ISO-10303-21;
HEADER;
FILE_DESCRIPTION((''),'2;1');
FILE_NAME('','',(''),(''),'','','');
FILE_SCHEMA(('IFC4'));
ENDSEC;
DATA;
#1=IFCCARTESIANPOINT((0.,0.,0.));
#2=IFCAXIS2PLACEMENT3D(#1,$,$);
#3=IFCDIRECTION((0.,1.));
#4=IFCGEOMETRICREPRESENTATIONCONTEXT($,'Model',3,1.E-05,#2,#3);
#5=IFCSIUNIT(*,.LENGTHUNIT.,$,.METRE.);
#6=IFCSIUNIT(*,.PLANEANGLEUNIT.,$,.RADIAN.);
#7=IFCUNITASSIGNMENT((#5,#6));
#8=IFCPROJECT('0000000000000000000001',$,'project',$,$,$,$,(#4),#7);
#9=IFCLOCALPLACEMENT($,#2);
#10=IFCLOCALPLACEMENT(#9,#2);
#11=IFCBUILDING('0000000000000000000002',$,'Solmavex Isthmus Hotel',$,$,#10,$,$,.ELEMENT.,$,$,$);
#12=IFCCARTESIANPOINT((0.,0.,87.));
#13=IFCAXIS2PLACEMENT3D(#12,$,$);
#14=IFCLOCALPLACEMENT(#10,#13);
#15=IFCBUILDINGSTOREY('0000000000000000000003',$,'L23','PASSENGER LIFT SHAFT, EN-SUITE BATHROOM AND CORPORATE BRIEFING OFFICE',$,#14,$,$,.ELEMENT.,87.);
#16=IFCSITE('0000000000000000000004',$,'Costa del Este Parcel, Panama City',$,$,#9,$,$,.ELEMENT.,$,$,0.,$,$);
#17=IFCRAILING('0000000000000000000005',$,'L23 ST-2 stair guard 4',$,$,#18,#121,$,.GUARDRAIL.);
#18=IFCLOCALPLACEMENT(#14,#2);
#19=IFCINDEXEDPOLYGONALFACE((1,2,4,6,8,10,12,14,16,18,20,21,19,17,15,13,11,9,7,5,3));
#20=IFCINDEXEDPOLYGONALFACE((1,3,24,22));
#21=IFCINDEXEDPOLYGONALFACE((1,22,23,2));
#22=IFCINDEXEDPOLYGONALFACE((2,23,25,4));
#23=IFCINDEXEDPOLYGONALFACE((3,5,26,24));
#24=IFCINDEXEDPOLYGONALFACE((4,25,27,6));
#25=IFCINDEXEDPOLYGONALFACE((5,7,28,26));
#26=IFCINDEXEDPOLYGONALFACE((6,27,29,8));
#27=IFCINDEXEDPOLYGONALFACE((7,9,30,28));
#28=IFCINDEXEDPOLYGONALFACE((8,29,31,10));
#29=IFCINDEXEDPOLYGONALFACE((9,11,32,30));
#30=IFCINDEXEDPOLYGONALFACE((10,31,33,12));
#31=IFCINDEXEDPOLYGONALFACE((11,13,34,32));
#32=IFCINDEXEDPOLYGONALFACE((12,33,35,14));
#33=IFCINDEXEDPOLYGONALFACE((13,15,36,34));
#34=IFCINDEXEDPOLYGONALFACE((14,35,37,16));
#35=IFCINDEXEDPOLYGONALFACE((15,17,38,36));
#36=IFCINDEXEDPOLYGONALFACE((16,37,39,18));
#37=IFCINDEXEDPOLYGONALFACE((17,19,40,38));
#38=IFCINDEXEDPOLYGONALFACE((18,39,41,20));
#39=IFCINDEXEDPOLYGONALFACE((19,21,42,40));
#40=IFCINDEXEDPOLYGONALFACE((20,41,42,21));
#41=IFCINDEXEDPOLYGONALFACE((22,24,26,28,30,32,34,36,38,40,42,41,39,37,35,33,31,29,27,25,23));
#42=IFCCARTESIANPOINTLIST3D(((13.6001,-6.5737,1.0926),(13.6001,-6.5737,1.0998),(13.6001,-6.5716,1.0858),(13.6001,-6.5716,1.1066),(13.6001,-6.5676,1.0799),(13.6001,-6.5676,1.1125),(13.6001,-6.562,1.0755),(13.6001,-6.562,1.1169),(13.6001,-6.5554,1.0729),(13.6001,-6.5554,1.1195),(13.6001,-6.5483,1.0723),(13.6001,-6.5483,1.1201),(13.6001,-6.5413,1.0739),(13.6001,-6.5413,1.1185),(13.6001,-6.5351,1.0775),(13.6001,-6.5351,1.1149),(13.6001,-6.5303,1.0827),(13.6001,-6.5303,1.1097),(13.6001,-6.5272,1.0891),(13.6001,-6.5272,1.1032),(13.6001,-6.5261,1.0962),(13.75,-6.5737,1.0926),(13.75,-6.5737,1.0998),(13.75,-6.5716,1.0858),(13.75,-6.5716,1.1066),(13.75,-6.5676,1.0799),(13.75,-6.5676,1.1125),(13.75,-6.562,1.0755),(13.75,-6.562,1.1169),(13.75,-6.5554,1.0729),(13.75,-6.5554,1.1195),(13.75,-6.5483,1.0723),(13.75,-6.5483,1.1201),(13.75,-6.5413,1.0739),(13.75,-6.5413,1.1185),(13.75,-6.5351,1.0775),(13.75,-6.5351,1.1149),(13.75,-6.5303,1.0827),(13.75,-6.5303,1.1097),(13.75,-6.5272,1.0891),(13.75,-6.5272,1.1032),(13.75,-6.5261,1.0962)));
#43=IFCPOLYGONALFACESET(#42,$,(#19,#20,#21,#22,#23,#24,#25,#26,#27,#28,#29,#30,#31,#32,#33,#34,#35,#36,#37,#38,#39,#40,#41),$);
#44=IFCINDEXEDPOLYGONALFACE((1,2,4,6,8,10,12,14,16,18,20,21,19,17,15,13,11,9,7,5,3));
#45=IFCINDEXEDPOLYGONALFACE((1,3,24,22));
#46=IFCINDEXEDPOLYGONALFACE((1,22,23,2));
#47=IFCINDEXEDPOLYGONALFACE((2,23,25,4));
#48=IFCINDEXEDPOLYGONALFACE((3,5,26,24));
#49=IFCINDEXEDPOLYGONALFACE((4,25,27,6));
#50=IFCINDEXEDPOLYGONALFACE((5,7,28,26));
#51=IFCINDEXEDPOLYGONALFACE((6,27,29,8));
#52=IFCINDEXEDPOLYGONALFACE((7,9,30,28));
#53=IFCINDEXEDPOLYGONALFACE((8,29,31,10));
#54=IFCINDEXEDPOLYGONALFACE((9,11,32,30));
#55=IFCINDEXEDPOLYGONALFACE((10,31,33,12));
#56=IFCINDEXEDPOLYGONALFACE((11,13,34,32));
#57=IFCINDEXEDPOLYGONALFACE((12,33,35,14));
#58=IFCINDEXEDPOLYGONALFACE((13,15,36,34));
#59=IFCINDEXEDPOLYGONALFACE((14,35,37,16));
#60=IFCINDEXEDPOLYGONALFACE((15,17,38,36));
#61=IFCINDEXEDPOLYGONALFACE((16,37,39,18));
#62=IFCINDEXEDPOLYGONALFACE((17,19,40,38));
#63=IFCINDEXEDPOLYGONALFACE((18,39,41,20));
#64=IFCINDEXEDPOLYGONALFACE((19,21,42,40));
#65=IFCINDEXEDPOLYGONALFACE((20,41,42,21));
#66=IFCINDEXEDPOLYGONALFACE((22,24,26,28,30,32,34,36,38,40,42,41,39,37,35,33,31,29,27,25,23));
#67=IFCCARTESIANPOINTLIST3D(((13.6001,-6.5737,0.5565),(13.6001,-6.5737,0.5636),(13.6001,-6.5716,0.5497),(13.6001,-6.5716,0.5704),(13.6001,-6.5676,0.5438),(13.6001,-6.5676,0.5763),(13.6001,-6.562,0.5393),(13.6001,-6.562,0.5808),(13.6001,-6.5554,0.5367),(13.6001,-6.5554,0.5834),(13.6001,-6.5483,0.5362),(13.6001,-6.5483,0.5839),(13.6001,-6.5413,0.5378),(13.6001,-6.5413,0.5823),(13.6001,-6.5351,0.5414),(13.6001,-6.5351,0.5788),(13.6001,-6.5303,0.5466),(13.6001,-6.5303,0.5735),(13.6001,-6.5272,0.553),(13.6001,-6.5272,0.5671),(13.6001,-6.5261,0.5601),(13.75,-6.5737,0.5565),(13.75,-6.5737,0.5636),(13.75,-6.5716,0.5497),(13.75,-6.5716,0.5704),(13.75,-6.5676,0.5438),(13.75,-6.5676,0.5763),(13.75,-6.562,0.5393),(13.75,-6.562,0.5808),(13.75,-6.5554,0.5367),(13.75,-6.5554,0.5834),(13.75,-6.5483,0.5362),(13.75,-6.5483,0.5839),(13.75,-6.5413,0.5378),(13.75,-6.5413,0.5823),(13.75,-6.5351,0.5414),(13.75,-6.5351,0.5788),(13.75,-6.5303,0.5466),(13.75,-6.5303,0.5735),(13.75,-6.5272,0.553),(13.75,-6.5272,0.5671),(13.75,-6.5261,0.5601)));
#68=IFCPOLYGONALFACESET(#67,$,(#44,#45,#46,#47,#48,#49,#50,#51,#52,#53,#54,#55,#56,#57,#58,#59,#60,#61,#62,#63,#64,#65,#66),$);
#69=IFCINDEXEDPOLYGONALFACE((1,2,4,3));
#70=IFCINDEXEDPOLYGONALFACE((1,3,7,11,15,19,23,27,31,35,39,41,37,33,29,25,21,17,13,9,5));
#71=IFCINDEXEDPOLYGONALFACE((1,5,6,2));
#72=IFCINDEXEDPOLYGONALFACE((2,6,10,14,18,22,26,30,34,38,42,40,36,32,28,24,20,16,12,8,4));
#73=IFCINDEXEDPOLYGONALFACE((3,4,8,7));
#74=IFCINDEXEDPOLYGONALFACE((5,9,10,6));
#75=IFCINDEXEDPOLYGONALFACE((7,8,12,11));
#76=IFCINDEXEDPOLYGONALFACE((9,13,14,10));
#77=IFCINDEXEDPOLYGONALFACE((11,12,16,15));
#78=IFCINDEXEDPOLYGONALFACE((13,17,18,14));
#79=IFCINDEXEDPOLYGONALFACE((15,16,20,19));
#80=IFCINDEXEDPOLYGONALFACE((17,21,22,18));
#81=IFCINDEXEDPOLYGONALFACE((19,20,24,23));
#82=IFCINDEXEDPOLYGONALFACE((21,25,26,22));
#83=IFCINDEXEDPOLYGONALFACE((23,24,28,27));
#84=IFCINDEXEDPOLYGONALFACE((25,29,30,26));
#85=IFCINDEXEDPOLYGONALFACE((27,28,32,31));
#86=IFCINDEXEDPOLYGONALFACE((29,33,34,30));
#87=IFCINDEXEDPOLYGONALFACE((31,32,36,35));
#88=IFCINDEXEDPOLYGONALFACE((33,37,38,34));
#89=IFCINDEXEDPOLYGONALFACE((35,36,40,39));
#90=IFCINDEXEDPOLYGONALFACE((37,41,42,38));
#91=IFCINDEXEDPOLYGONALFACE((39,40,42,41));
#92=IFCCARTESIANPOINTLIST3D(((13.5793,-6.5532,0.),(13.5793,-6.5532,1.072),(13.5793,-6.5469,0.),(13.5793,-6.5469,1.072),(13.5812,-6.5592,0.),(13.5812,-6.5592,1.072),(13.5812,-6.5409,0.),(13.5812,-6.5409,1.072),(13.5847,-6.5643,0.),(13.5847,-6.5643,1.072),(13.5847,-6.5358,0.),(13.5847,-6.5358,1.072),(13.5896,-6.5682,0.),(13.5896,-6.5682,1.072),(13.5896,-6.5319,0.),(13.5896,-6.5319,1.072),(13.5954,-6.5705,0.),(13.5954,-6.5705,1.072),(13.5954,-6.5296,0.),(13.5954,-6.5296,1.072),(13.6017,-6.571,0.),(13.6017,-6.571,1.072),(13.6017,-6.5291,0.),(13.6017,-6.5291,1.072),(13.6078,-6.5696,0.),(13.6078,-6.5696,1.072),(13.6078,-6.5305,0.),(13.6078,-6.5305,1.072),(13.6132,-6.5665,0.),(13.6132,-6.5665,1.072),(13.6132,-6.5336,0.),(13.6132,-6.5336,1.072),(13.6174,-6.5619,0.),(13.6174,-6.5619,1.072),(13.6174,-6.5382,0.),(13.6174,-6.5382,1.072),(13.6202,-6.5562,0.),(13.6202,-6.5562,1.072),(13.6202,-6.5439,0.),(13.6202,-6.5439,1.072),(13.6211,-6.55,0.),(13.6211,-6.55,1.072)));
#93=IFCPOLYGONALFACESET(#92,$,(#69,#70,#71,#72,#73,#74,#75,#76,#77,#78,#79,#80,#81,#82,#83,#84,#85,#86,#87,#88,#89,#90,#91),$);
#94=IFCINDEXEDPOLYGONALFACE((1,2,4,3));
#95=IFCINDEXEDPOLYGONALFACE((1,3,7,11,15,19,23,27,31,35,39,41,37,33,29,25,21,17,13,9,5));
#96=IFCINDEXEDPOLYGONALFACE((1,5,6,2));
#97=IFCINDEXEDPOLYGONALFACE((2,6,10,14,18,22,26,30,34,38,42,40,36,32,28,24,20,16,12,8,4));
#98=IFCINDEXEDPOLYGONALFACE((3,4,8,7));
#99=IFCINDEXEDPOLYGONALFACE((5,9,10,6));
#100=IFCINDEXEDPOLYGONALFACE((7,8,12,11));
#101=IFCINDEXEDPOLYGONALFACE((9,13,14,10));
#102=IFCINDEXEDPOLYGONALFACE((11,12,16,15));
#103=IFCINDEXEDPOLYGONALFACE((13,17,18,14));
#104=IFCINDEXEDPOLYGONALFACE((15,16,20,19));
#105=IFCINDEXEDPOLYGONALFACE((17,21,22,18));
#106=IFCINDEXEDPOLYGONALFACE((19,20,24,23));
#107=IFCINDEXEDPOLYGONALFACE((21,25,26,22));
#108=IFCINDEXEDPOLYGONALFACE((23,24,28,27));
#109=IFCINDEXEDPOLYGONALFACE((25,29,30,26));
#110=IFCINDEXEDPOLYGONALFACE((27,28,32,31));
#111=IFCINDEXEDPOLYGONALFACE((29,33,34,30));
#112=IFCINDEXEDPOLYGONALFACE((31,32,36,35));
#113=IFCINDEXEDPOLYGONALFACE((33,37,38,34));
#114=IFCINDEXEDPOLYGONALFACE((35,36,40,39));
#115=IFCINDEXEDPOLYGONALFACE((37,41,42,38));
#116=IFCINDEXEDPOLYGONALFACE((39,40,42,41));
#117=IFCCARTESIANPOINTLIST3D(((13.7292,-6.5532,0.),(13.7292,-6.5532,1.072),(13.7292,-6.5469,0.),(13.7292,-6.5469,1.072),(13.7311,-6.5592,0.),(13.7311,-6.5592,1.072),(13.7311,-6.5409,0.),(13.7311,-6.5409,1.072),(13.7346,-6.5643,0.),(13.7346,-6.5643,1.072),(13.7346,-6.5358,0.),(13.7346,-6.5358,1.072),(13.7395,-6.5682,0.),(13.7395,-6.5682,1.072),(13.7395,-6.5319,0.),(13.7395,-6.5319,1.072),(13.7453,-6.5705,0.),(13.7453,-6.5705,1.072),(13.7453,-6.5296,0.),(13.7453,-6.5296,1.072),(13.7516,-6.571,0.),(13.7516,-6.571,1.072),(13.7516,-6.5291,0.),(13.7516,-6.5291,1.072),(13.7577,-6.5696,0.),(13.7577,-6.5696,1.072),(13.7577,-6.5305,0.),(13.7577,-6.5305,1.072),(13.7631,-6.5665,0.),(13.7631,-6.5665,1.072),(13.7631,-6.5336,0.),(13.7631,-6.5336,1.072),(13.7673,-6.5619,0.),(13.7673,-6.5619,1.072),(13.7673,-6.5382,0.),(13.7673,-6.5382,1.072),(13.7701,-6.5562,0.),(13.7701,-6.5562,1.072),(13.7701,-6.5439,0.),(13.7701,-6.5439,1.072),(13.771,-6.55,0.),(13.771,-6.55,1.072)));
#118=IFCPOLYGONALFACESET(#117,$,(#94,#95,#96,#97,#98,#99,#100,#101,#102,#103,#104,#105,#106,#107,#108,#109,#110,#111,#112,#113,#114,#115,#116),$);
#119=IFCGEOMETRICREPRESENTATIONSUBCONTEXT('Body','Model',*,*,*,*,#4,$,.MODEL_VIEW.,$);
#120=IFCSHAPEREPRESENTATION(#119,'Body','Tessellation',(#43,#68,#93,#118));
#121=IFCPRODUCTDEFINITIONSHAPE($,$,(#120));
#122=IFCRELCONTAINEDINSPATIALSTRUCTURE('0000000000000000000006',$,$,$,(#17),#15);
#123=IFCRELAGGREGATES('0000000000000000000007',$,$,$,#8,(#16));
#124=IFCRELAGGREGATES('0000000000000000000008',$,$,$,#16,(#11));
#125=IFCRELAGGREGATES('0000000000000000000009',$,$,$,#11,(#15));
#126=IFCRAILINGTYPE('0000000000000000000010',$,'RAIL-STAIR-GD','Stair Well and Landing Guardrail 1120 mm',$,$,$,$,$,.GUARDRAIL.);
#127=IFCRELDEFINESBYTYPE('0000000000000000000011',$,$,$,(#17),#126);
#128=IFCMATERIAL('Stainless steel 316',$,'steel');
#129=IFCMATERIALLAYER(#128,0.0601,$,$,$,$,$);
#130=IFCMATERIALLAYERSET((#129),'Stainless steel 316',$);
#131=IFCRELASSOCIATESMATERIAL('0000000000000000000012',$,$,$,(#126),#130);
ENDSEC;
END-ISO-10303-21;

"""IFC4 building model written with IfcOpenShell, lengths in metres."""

from ifc_helpers import new_model, si_unit, direction, frame, origin, origin_2d, place, context, subcontext, project, spatial, circle, extrude, material, layer, layer_set, type_object, element, save


model = new_model("IFC4")

# Units and contexts
model_context = context("Model", 3, precision=1e-05, world=origin(), true_north=direction((0.0, 1.0)))
body_context = subcontext(model_context, "Body", "Model", "MODEL_VIEW")
ifc_project = project(units=[si_unit("LENGTHUNIT", "METRE"), si_unit("PLANEANGLEUNIT", "RADIAN")], contexts=[model_context])

# Site, building, storey
site_placement = place(None, origin())
site = spatial("IfcSite", under=ifc_project, at=site_placement, Name="Costa del Este Parcel, Panama City", CompositionType="ELEMENT", RefElevation=0.0)
building_placement = place(site_placement, origin())
building = spatial("IfcBuilding", under=site, at=building_placement, Name="Solmavex Isthmus Hotel", CompositionType="ELEMENT")
storey_placement = place(building_placement, frame((0.0, 0.0, 87.0)))
storey = spatial("IfcBuildingStorey", under=building, at=storey_placement, Name="L23", Description="PASSENGER LIFT SHAFT, EN-SUITE BATHROOM AND CORPORATE BRIEFING OFFICE", CompositionType="ELEMENT", Elevation=87.0)

# Railing
ifc_material_1 = material(Name="Stainless steel 316", Category="steel")
ifc_layer_1 = layer(ifc_material_1, 0.0601)
ifc_layer_set_1 = layer_set([ifc_layer_1], Name="Stainless steel 316")
railing_type_1 = type_object("IfcRailingType", Name="RAIL-STAIR-GD", Description="Stair Well and Landing Guardrail 1120 mm", PredefinedType="GUARDRAIL", material=ifc_layer_set_1)
railing_1_placement = place(storey_placement, frame((13.6001, -6.55, 0.0)))
element("IfcRailing", 1, at=railing_1_placement, inside=storey, type_object=railing_type_1, Name="L23 ST-2 stair guard 4", PredefinedType="GUARDRAIL", context=body_context, shape_type="SweptSolid", body=[
    extrude(circle(Radius=0.0239, at=origin_2d()), frame((0.0, 0.0, 1.0962), z_axis=(1.0, 0.0, 0.0), x_axis=(0.0, 1.0, 0.0)), (0.0, 0.0, 1.0), 0.1499),
    extrude(circle(Radius=0.0239, at=origin_2d()), frame((0.0, 0.0, 0.5601), z_axis=(1.0, 0.0, 0.0), x_axis=(0.0, 1.0, 0.0)), (0.0, 0.0, 1.0), 0.1499),
    extrude(circle(Radius=0.021, at=origin_2d()), origin(), (0.0, 0.0, 1.0), 1.072),
    extrude(circle(Radius=0.021, at=origin_2d()), frame((0.1499, 0.0, 0.0)), (0.0, 0.0, 1.0), 1.072),
])

save(model, "model.ifc")
